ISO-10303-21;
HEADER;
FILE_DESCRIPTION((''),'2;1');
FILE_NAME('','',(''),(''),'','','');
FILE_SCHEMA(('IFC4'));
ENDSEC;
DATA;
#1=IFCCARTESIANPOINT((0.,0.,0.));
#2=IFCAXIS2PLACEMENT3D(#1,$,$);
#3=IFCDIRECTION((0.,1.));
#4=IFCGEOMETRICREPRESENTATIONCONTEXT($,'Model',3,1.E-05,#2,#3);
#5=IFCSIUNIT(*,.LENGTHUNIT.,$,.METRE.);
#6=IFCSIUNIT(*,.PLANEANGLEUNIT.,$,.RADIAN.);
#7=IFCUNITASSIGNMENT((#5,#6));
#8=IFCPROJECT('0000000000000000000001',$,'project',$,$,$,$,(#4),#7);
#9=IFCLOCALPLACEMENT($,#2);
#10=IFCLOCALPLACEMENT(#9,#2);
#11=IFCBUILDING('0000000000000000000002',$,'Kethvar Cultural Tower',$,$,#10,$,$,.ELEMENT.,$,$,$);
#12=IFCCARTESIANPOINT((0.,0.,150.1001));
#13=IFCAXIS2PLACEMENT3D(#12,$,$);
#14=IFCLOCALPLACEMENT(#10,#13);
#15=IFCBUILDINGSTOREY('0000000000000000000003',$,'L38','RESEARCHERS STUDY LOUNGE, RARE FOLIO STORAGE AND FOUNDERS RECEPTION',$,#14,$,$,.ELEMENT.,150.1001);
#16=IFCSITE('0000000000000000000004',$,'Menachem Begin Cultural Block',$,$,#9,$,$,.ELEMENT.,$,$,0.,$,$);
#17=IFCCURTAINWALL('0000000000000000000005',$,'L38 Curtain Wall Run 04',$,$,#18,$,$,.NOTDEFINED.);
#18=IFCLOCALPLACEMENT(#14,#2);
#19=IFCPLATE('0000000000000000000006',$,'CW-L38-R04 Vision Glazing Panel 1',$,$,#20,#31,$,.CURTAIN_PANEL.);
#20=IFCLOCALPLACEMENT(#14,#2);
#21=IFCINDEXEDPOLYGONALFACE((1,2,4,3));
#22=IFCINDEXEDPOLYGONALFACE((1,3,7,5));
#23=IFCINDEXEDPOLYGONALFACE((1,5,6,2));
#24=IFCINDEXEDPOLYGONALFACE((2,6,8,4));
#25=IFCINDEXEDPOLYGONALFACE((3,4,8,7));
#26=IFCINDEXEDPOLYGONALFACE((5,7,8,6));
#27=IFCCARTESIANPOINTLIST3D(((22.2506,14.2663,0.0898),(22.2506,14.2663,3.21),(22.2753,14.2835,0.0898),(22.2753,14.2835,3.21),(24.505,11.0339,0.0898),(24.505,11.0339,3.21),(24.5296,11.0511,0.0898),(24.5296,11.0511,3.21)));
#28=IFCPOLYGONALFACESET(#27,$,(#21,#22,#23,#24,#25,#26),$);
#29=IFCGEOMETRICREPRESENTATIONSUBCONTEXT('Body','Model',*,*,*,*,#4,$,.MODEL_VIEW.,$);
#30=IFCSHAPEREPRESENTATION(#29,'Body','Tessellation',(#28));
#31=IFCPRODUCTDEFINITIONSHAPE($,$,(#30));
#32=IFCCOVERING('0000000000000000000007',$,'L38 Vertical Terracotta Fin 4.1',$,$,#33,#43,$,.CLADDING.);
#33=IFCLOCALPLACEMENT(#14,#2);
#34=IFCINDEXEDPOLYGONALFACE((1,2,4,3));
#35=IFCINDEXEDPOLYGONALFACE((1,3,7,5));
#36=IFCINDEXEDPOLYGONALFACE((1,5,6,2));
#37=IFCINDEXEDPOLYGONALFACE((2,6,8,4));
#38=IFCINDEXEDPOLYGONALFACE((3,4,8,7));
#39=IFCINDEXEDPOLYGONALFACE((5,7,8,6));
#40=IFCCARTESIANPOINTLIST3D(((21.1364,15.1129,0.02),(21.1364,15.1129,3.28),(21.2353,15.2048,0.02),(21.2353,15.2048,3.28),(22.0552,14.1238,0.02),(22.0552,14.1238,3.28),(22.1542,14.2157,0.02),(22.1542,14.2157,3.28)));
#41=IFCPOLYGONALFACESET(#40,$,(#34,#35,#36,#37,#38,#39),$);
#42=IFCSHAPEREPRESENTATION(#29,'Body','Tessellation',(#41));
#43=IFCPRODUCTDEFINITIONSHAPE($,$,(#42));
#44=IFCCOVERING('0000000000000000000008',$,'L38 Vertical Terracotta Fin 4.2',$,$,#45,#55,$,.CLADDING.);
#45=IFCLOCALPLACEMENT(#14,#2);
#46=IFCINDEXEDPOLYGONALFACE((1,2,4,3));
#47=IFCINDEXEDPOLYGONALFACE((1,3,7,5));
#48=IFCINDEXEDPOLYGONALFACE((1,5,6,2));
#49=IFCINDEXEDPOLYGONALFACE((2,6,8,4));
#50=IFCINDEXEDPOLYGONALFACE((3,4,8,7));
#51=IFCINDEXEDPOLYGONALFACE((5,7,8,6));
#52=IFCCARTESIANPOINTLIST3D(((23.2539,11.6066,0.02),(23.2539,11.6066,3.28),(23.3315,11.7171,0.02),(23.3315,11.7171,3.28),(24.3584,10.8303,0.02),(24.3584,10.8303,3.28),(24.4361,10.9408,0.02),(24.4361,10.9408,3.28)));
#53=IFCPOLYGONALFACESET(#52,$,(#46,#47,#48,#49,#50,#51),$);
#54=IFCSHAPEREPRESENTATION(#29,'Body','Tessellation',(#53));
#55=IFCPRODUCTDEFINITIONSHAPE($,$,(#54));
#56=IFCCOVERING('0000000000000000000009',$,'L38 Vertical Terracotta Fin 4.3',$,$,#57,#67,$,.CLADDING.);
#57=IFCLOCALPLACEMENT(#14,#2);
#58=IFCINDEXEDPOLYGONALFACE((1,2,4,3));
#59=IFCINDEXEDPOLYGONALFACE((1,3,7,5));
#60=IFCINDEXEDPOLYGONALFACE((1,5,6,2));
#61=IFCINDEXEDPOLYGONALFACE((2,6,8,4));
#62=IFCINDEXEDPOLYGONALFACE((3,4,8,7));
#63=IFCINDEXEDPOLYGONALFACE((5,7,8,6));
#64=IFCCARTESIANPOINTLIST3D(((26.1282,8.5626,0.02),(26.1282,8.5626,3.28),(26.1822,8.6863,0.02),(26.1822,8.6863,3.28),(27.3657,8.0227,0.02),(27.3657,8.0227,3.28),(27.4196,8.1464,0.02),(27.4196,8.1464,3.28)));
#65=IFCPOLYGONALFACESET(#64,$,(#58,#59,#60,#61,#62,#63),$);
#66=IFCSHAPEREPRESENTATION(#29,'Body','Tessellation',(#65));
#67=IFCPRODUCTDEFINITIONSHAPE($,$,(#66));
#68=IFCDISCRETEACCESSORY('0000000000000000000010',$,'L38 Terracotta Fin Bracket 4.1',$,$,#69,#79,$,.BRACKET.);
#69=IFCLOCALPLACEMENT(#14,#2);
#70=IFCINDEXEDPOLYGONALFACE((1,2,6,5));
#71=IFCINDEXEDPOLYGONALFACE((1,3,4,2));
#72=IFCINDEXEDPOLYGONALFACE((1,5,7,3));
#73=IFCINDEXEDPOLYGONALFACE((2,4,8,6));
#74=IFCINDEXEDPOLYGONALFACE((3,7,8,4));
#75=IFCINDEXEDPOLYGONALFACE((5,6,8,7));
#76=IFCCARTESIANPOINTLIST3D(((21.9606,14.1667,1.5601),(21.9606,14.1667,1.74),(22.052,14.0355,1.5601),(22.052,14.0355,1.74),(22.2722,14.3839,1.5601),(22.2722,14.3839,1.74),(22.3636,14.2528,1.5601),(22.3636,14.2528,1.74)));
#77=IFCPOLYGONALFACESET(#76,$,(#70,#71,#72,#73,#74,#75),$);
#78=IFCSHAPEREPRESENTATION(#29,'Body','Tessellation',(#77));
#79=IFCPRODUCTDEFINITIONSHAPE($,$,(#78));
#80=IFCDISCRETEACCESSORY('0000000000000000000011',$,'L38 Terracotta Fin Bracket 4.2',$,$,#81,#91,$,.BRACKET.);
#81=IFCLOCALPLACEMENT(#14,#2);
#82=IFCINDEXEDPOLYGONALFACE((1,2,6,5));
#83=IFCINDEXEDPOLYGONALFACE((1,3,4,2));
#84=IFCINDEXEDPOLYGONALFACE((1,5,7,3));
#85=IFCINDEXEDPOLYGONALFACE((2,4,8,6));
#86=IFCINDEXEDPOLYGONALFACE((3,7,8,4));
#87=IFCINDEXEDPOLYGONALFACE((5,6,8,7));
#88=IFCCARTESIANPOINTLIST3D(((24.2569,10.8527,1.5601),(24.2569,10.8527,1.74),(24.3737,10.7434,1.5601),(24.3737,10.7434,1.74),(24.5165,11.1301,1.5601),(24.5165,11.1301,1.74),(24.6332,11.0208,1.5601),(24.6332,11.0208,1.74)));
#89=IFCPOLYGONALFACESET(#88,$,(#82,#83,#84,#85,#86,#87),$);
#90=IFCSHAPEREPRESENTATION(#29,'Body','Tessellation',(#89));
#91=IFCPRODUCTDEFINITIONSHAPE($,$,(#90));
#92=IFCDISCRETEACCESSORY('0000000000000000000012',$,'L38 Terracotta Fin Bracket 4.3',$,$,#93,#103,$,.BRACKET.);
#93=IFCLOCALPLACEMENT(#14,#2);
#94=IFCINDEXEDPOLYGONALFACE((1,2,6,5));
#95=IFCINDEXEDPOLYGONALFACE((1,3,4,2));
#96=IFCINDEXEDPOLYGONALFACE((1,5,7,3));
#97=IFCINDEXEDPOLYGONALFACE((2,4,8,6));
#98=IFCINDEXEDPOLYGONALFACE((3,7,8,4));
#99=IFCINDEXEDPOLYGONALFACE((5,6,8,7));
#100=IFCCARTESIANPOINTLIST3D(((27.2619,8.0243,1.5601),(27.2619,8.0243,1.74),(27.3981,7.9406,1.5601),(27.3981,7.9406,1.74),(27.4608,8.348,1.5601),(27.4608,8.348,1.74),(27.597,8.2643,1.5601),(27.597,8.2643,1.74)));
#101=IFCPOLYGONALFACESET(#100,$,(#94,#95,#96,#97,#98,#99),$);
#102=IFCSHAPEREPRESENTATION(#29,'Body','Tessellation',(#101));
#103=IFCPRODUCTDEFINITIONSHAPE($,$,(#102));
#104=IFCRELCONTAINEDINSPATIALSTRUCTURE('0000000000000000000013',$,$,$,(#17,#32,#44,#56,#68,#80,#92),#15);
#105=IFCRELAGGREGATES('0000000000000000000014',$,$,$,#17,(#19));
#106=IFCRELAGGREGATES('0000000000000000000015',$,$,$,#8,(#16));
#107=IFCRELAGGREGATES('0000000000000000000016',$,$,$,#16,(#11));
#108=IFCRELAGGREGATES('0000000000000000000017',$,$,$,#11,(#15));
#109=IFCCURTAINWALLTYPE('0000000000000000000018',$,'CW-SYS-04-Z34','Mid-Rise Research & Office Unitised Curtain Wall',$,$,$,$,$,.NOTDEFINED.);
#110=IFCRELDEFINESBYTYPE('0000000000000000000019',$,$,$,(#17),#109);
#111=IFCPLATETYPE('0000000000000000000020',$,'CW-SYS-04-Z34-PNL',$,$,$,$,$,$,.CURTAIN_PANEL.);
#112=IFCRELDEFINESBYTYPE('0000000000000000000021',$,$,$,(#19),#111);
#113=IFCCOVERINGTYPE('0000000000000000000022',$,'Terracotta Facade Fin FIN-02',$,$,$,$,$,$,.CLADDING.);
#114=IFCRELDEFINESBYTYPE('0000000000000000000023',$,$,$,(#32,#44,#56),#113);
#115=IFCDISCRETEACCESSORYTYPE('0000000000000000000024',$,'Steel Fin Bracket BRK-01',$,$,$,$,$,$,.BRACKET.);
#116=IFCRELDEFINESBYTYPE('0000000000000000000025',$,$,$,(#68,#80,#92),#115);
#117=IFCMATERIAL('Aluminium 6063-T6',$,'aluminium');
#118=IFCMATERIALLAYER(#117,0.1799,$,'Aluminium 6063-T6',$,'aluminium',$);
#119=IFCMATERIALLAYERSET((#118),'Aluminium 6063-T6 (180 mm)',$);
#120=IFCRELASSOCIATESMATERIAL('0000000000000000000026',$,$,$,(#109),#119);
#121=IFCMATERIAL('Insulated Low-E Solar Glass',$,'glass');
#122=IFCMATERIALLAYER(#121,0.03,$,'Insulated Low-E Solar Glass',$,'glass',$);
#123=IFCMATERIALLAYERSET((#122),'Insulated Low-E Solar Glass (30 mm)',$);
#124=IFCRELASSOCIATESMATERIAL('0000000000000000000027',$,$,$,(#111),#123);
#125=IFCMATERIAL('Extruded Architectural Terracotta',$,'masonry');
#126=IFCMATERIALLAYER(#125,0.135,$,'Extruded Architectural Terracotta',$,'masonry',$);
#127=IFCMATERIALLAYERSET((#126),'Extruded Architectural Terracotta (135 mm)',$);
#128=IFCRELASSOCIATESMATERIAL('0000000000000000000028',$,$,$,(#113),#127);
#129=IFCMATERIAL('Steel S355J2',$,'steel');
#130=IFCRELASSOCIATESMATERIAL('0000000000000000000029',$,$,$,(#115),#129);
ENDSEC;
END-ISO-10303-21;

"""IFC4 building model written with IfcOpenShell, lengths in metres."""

from ifc_helpers import new_model, si_unit, direction, frame, origin, origin_2d, place, context, subcontext, project, spatial, rectangle, extrude, source, transform, mapped, material, layer, layer_set, type_object, element, aggregate, save


model = new_model("IFC4")

# Units and contexts
model_context = context("Model", 3, precision=1e-05, world=origin(), true_north=direction((0.0, 1.0)))
body_context = subcontext(model_context, "Body", "Model", "MODEL_VIEW")
ifc_project = project(units=[si_unit("LENGTHUNIT", "METRE"), si_unit("PLANEANGLEUNIT", "RADIAN")], contexts=[model_context])

# Site, building, storey
site_placement = place(None, origin())
site = spatial("IfcSite", under=ifc_project, at=site_placement, Name="Menachem Begin Cultural Block", CompositionType="ELEMENT", RefElevation=0.0)
building_placement = place(site_placement, origin())
building = spatial("IfcBuilding", under=site, at=building_placement, Name="Kethvar Cultural Tower", CompositionType="ELEMENT")
storey_placement = place(building_placement, frame((0.0, 0.0, 150.1001)))
storey = spatial("IfcBuildingStorey", under=building, at=storey_placement, Name="L38", Description="RESEARCHERS STUDY LOUNGE, RARE FOLIO STORAGE AND FOUNDERS RECEPTION", CompositionType="ELEMENT", Elevation=150.1001)

# Shared definitions
ifc_material_1 = material(Name="Steel S355J2", Category="steel")

# Shared definitions
ifc_material_2 = material(Name="Aluminium 6063-T6", Category="aluminium")
ifc_layer_1 = layer(ifc_material_2, 0.1799, Name="Aluminium 6063-T6", Category="aluminium")
ifc_layer_set_1 = layer_set([ifc_layer_1], Name="Aluminium 6063-T6 (180 mm)")
curtain_wall_type = type_object("IfcCurtainWallType", Name="CW-SYS-04-Z34", Description="Mid-Rise Research & Office Unitised Curtain Wall", PredefinedType="NOTDEFINED", material=ifc_layer_set_1)

# Curtain wall
curtain_wall_1_placement = place(storey_placement, origin())
curtain_wall_1 = element("IfcCurtainWall", 1, at=curtain_wall_1_placement, inside=storey, type_object=curtain_wall_type, Name="L38 Curtain Wall Run 04", PredefinedType="NOTDEFINED")

# Plate
ifc_material_3 = material(Name="Insulated Low-E Solar Glass", Category="glass")
ifc_layer_2 = layer(ifc_material_3, 0.03, Name="Insulated Low-E Solar Glass", Category="glass")
ifc_layer_set_2 = layer_set([ifc_layer_2], Name="Insulated Low-E Solar Glass (30 mm)")
plate_type = type_object("IfcPlateType", Name="CW-SYS-04-Z34-PNL", PredefinedType="CURTAIN_PANEL", material=ifc_layer_set_2)
shared_shape_1 = source(origin(), body_context, "Body", "SweptSolid", [
    extrude(rectangle(XDim=3.9409, YDim=0.03, at=origin_2d()), origin(), (0.0, 0.0, 1.0), 3.1201),
])
plate_1_placement = place(storey_placement, frame((23.3901, 12.6587, 0.0898), z_axis=(0.0, 0.0, 1.0), x_axis=(0.572046, -0.820222, 0.0)))
plate_1 = element("IfcPlate", 2, at=plate_1_placement, type_object=plate_type, Name="CW-L38-R04 Vision Glazing Panel 1", PredefinedType="CURTAIN_PANEL", context=body_context, shape_type="MappedRepresentation", body=[
    mapped(shared_shape_1, transform((0.0, 0.0, 0.0), scale=1.0)),
])
aggregate(curtain_wall_1, [plate_1])

# Coverings
ifc_material_4 = material(Name="Extruded Architectural Terracotta", Category="masonry")
ifc_layer_3 = layer(ifc_material_4, 0.135, Name="Extruded Architectural Terracotta", Category="masonry")
ifc_layer_set_3 = layer_set([ifc_layer_3], Name="Extruded Architectural Terracotta (135 mm)")
covering_type = type_object("IfcCoveringType", Name="Terracotta Facade Fin FIN-02", PredefinedType="CLADDING", material=ifc_layer_set_3)
shared_shape_2 = source(origin(), body_context, "Body", "SweptSolid", [
    extrude(rectangle(XDim=1.3501, YDim=0.135, at=origin_2d()), origin(), (0.0, 0.0, 1.0), 3.26),
])
for number, where, z_axis, x_axis, name in (
    (3, (21.6453, 14.6643, 0.02), (0.0, 0.0, 1.0), (-0.680593, 0.732662, 0.0), "L38 Vertical Terracotta Fin 4.1"),
    (4, (23.845, 11.2737, 0.02), (0.0, 0.0, 1.0), (-0.81815, 0.575005, 0.0), "L38 Vertical Terracotta Fin 4.2"),
    (5, (26.7739, 8.3545, 0.02), (0.0, 0.0, 1.0), (-0.916572, 0.399869, 0.0), "L38 Vertical Terracotta Fin 4.3"),
):
    element("IfcCovering", number, at=place(storey_placement, frame(where, z_axis=z_axis, x_axis=x_axis)), inside=storey, type_object=covering_type, Name=name, PredefinedType="CLADDING", context=body_context, shape_type="MappedRepresentation", body=[
        mapped(shared_shape_2, transform((0.0, 0.0, 0.0), scale=1.0)),
    ])

# Discrete accessories
discrete_accessory_type = type_object("IfcDiscreteAccessoryType", Name="Steel Fin Bracket BRK-01", PredefinedType="BRACKET", material=ifc_material_1)
shared_shape_3 = source(origin(), body_context, "Body", "SweptSolid", [
    extrude(rectangle(XDim=0.3799, YDim=0.1599, at=origin_2d()), origin(), (0.0, 0.0, 1.0), 0.1799),
])
for number, where, z_axis, x_axis, name in (
    (6, (22.1621, 14.2097, 1.5601), (0.0, 0.0, 1.0), (-0.820252, -0.572003, 0.0), "L38 Terracotta Fin Bracket 4.1"),
    (7, (24.4451, 10.9368, 1.5601), (0.0, 0.0, 1.0), (-0.683274, -0.730162, 0.0), "L38 Terracotta Fin Bracket 4.2"),
    (8, (27.4294, 8.1443, 1.5601), (0.0, 0.0, 1.0), (-0.52354, -0.852001, 0.0), "L38 Terracotta Fin Bracket 4.3"),
):
    element("IfcDiscreteAccessory", number, at=place(storey_placement, frame(where, z_axis=z_axis, x_axis=x_axis)), inside=storey, type_object=discrete_accessory_type, Name=name, PredefinedType="BRACKET", context=body_context, shape_type="MappedRepresentation", body=[
        mapped(shared_shape_3, transform((0.0, 0.0, 0.0), scale=1.0)),
    ])

save(model, "model.ifc")
